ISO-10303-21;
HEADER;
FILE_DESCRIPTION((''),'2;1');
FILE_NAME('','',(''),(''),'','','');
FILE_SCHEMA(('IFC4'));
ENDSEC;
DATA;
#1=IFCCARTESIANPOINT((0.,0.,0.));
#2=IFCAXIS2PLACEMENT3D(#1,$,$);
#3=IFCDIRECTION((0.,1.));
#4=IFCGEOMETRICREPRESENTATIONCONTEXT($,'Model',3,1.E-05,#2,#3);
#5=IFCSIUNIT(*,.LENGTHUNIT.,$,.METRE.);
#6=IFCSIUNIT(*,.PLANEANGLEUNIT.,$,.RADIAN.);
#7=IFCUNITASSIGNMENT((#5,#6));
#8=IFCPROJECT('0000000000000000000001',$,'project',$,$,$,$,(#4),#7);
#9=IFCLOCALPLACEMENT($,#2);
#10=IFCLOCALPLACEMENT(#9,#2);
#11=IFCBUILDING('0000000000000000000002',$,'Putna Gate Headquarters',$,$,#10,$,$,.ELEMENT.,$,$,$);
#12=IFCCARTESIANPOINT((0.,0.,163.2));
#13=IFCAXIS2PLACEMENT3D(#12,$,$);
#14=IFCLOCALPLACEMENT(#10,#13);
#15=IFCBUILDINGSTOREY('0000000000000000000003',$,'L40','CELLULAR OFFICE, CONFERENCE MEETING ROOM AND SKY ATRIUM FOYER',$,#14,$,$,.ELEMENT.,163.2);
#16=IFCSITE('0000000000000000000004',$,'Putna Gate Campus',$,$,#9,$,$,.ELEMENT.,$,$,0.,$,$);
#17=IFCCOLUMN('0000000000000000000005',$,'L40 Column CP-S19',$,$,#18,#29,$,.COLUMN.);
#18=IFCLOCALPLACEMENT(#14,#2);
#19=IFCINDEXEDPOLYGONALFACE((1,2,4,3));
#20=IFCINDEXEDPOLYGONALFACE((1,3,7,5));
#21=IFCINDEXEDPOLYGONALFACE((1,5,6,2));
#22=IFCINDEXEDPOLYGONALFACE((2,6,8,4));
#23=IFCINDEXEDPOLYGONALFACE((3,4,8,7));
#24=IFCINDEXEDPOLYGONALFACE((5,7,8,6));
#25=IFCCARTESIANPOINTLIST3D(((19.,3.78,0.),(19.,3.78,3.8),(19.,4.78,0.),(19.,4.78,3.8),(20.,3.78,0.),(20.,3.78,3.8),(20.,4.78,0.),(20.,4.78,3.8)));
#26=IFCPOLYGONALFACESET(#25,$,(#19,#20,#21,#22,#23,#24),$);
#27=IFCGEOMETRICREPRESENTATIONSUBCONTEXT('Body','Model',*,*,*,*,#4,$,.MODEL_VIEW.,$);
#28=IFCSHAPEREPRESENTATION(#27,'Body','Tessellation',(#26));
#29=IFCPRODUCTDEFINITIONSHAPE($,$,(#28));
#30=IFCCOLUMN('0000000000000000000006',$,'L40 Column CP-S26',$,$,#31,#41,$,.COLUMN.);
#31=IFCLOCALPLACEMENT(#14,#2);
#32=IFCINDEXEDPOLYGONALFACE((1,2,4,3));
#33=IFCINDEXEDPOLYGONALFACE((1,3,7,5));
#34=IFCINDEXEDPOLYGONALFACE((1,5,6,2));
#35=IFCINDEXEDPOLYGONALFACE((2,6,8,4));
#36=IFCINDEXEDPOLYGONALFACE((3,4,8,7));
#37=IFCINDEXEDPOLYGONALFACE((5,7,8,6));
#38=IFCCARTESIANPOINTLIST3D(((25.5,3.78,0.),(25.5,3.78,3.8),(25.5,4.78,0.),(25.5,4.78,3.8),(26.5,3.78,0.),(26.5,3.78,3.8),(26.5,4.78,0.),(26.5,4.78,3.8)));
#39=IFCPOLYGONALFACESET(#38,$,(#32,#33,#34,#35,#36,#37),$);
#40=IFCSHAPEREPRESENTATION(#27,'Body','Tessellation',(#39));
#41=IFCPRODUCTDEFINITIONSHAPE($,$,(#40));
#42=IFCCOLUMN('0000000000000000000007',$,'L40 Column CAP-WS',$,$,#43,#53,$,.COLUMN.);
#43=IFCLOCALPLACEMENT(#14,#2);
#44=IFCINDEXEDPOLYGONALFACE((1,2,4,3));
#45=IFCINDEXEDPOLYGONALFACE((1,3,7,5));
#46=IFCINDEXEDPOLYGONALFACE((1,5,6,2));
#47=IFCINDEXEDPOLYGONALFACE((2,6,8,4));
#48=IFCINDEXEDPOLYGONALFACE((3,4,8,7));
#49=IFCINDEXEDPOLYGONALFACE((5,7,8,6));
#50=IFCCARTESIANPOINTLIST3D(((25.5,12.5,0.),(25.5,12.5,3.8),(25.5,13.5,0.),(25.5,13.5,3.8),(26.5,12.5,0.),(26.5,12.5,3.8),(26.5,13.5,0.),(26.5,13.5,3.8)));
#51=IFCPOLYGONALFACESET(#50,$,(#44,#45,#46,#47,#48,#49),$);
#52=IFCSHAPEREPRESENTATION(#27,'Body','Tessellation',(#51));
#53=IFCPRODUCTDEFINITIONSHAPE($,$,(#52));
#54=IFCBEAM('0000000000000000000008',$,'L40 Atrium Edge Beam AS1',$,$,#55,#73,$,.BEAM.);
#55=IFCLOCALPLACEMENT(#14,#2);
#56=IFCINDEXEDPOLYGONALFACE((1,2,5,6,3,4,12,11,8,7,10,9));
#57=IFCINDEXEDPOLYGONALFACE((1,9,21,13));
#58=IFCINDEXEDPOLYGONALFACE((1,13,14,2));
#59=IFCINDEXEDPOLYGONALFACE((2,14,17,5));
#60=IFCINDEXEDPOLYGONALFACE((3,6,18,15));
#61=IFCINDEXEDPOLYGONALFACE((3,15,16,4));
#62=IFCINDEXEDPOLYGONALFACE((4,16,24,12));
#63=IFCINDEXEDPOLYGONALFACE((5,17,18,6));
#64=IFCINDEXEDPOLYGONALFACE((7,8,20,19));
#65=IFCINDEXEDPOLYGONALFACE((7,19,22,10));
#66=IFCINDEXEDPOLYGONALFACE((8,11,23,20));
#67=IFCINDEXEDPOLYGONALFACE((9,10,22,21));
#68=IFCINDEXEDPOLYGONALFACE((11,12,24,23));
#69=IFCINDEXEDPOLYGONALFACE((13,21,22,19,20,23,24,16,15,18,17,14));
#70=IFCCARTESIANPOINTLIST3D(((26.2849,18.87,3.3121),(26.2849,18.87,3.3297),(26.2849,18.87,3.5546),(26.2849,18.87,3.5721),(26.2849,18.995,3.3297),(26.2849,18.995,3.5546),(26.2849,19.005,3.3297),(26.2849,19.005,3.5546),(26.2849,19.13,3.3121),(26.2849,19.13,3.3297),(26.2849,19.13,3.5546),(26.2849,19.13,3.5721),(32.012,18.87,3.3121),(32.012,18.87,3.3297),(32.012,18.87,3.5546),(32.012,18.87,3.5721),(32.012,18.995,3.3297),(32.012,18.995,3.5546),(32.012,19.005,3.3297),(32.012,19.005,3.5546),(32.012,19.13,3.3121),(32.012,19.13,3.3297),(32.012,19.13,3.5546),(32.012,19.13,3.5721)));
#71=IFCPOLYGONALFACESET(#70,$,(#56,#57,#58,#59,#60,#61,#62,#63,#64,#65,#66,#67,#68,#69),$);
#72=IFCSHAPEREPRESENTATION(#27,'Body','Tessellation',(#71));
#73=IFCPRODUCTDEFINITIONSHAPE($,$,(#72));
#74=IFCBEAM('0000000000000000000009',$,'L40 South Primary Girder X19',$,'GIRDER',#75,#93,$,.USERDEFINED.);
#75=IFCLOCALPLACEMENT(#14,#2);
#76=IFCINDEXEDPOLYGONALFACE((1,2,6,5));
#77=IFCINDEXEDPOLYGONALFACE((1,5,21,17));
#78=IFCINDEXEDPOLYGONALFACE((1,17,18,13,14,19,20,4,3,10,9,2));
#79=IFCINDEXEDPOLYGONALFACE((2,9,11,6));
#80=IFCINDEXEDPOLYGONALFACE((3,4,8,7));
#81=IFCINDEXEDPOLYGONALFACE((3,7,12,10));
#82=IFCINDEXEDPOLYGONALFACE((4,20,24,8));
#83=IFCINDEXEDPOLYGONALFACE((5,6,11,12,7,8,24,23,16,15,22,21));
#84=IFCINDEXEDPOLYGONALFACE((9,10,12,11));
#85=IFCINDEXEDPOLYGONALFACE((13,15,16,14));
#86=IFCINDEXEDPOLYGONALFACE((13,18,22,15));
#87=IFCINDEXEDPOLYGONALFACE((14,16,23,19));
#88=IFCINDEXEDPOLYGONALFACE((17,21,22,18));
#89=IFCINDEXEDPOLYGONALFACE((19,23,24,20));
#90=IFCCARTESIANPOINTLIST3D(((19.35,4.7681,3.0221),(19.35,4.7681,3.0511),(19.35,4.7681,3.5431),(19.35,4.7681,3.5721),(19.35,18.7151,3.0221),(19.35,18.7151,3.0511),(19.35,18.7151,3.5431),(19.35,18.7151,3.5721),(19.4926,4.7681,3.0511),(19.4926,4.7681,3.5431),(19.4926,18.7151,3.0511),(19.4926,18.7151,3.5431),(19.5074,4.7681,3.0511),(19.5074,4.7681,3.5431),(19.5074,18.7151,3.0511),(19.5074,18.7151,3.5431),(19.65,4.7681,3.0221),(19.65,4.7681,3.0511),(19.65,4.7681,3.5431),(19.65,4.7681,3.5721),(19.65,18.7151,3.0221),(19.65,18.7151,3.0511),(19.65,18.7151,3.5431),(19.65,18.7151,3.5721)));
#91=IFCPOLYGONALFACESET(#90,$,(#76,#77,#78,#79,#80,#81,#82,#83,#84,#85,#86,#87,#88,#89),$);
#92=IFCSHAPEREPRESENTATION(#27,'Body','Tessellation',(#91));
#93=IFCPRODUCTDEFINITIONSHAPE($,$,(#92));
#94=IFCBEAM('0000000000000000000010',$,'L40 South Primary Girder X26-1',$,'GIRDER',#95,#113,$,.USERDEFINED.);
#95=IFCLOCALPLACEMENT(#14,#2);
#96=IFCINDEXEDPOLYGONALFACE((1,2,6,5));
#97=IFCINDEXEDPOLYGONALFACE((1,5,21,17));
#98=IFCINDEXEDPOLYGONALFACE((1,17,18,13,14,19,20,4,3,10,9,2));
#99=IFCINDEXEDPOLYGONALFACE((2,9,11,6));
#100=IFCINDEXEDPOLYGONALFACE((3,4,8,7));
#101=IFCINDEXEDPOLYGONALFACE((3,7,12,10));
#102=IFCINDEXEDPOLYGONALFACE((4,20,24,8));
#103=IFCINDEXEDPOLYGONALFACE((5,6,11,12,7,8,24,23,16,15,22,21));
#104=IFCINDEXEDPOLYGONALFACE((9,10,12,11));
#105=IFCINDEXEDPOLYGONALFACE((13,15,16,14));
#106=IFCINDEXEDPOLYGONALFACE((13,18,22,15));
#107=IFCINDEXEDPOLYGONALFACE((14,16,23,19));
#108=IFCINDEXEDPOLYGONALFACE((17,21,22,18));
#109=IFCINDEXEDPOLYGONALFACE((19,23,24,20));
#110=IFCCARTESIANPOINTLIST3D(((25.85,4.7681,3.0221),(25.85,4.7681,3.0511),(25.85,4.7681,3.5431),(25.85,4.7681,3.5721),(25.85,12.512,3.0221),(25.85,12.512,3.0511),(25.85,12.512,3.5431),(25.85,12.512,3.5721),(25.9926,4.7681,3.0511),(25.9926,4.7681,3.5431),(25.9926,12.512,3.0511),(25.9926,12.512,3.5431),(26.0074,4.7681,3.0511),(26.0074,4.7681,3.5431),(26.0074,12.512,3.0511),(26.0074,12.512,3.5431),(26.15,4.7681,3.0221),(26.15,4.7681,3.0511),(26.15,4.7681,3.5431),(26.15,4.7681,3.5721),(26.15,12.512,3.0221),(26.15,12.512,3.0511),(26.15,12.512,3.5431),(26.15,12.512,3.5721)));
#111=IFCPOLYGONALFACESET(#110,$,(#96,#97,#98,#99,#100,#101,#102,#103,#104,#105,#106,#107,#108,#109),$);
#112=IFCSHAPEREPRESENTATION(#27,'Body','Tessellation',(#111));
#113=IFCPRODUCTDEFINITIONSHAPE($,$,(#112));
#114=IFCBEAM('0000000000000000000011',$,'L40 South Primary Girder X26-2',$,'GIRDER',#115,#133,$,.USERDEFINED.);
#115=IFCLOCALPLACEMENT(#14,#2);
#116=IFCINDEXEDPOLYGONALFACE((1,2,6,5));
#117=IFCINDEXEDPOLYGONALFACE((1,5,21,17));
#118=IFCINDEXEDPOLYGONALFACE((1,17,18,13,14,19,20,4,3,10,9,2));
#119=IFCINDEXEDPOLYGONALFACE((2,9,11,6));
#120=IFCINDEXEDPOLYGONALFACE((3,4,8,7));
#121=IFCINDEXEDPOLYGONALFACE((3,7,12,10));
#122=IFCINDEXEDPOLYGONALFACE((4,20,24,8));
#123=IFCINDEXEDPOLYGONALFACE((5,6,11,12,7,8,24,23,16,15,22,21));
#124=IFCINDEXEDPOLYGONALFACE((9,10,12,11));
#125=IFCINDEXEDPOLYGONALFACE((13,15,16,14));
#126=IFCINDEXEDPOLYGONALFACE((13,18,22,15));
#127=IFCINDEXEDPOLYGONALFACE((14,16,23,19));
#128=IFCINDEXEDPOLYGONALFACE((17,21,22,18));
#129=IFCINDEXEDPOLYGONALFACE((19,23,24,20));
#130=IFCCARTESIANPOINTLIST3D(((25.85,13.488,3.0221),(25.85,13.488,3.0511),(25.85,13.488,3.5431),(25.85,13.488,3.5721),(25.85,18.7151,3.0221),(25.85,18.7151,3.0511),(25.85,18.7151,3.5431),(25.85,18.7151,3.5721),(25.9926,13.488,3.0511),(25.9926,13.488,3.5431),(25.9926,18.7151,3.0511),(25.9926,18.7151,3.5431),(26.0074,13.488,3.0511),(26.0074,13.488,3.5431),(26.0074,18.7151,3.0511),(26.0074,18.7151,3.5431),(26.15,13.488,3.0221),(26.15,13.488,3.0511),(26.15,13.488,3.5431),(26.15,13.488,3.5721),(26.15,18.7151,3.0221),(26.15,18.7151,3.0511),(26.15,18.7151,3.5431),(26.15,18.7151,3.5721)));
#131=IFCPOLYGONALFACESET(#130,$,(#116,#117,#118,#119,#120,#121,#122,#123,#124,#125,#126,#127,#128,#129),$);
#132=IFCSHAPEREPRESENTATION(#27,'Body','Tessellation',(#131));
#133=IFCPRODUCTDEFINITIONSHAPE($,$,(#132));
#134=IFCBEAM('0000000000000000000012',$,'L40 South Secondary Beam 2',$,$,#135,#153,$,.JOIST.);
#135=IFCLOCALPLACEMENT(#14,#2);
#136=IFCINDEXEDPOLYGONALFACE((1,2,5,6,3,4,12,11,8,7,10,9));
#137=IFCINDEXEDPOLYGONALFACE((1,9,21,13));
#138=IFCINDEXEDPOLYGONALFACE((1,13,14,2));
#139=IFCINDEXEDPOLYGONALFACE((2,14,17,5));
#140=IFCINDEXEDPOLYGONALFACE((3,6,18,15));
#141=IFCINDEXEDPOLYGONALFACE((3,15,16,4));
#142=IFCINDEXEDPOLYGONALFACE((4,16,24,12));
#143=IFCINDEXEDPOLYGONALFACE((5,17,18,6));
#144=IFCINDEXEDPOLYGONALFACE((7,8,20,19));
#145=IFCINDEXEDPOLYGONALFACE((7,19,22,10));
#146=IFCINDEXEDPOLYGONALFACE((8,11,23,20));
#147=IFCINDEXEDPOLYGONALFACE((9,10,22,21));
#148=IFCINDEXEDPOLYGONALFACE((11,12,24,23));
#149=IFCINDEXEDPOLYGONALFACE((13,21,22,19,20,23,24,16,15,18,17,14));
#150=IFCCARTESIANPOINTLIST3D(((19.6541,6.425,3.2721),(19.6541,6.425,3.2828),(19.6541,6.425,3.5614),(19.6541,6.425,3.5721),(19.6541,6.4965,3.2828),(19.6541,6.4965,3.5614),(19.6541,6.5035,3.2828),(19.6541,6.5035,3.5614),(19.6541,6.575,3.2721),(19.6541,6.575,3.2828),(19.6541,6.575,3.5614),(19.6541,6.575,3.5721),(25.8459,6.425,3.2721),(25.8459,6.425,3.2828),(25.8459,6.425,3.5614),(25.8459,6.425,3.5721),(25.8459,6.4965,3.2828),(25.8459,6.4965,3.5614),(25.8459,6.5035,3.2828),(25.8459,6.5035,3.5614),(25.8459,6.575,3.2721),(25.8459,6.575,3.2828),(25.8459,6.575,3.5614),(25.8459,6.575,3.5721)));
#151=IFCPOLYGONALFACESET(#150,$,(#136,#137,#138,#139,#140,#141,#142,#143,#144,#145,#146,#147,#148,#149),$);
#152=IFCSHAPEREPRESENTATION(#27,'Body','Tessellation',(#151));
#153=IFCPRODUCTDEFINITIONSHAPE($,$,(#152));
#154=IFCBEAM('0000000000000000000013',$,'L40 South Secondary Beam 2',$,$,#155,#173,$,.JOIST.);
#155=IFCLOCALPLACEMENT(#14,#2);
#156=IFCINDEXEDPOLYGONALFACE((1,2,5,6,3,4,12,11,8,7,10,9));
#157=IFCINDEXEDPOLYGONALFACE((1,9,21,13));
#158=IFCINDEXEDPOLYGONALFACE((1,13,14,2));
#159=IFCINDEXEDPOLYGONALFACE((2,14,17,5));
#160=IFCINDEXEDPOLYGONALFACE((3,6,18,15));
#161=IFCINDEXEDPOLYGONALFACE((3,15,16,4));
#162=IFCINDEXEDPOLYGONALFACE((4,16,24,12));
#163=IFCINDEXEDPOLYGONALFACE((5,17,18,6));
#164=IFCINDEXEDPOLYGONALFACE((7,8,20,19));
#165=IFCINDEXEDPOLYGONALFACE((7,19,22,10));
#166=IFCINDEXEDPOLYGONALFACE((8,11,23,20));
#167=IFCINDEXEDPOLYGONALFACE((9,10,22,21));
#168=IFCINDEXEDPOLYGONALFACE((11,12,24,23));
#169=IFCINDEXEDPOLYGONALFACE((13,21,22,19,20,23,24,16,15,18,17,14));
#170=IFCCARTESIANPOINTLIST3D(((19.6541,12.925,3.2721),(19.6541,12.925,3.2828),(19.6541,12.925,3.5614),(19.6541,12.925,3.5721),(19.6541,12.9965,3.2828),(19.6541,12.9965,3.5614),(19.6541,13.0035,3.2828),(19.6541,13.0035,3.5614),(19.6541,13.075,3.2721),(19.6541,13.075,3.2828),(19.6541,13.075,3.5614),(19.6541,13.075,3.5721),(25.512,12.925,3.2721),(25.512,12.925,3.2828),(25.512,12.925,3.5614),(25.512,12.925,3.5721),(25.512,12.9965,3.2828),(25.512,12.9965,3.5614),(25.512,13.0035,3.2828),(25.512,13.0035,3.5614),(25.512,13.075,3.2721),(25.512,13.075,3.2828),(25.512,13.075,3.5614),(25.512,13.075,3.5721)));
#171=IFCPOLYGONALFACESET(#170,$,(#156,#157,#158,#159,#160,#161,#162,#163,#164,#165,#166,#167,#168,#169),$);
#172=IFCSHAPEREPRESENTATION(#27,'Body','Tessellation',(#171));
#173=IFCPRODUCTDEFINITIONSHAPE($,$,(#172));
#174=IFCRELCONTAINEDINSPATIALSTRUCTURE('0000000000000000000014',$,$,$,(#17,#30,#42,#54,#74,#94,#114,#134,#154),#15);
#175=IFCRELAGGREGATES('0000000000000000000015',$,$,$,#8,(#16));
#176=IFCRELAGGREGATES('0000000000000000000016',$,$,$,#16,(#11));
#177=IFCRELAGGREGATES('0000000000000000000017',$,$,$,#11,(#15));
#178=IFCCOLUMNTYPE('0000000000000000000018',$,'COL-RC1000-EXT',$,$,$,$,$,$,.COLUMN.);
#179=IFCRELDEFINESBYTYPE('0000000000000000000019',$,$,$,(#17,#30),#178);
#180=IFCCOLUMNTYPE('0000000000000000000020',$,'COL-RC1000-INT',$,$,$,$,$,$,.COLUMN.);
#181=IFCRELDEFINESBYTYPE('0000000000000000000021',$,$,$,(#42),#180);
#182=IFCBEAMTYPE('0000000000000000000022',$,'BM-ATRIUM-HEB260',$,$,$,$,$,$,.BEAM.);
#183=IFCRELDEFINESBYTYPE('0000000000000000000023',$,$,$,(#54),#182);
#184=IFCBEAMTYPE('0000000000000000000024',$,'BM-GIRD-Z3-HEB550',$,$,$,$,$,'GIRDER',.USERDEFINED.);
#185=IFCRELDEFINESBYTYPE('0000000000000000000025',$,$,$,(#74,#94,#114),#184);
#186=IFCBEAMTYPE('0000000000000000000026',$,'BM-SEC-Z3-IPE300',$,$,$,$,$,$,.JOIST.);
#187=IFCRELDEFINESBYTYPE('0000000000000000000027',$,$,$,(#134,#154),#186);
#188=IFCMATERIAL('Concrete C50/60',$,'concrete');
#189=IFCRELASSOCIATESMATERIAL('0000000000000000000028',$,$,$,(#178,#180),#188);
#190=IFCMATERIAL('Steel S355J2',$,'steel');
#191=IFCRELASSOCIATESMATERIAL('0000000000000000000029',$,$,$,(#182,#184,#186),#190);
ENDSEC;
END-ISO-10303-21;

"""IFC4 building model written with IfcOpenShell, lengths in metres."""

from ifc_helpers import new_model, si_unit, direction, frame, origin, origin_2d, place, context, subcontext, project, spatial, rectangle, i_section, extrude, material, material_profile, profile_set, type_object, element, save


model = new_model("IFC4")

# Units and contexts
model_context = context("Model", 3, precision=1e-05, world=origin(), true_north=direction((0.0, 1.0)))
body_context = subcontext(model_context, "Body", "Model", "MODEL_VIEW")
ifc_project = project(units=[si_unit("LENGTHUNIT", "METRE"), si_unit("PLANEANGLEUNIT", "RADIAN")], contexts=[model_context])

# Site, building, storey
site_placement = place(None, origin())
site = spatial("IfcSite", under=ifc_project, at=site_placement, Name="Putna Gate Campus", CompositionType="ELEMENT", RefElevation=0.0)
building_placement = place(site_placement, origin())
building = spatial("IfcBuilding", under=site, at=building_placement, Name="Putna Gate Headquarters", CompositionType="ELEMENT")
storey_placement = place(building_placement, frame((0.0, 0.0, 163.2)))
storey = spatial("IfcBuildingStorey", under=building, at=storey_placement, Name="L40", Description="CELLULAR OFFICE, CONFERENCE MEETING ROOM AND SKY ATRIUM FOYER", CompositionType="ELEMENT", Elevation=163.2)

# Columns
ifc_material_1 = material(Name="Concrete C50/60", Category="concrete")
ifc_material_profile_1 = material_profile(ifc_material_1, rectangle(XDim=1.0, YDim=1.0, at=origin_2d()), Name="Concrete C50/60")
ifc_profile_set_1 = profile_set([ifc_material_profile_1], Name="Concrete C50/60")
column_type_1 = type_object("IfcColumnType", Name="COL-RC1000-EXT", PredefinedType="COLUMN", material=ifc_profile_set_1)
for number, where, z_axis, x_axis, name in (
    (1, (19.5, 4.28, 0.0), (0.0, 0.0, 1.0), (1.0, 0.0, 0.0), "L40 Column CP-S19"),
    (2, (26.0, 4.28, 0.0), (0.0, 0.0, 1.0), (1.0, 0.0, 0.0), "L40 Column CP-S26"),
):
    element("IfcColumn", number, at=place(storey_placement, frame(where, z_axis=z_axis, x_axis=x_axis)), inside=storey, type_object=column_type_1, Name=name, PredefinedType="COLUMN", context=body_context, shape_type="SweptSolid", body=[
        extrude(rectangle(XDim=1.0, YDim=1.0, at=origin_2d()), origin(), (0.0, 0.0, 1.0), 3.8),
    ])
ifc_material_profile_2 = material_profile(ifc_material_1, rectangle(XDim=1.0, YDim=1.0, at=origin_2d()), Name="Concrete C50/60")
ifc_profile_set_2 = profile_set([ifc_material_profile_2], Name="Concrete C50/60")
column_type_2 = type_object("IfcColumnType", Name="COL-RC1000-INT", PredefinedType="COLUMN", material=ifc_profile_set_2)
column_placement = place(storey_placement, frame((26.0, 13.0, 0.0), z_axis=(0.0, 0.0, 1.0), x_axis=(1.0, 0.0, 0.0)))
element("IfcColumn", 3, at=column_placement, inside=storey, type_object=column_type_2, Name="L40 Column CAP-WS", PredefinedType="COLUMN", context=body_context, shape_type="SweptSolid", body=[
    extrude(rectangle(XDim=1.0, YDim=1.0, at=origin_2d()), origin(), (0.0, 0.0, 1.0), 3.8),
])

# Beams
ifc_material_2 = material(Name="Steel S355J2", Category="steel")
ifc_material_profile_3 = material_profile(ifc_material_2, i_section(OverallWidth=0.26, OverallDepth=0.26, WebThickness=0.01, FlangeThickness=0.0176, at=origin_2d()), Name="Steel S355J2")
ifc_profile_set_3 = profile_set([ifc_material_profile_3], Name="Steel S355J2")
beam_type_1 = type_object("IfcBeamType", Name="BM-ATRIUM-HEB260", PredefinedType="BEAM", material=ifc_profile_set_3)
beam_1_placement = place(storey_placement, frame((26.2849, 19.0, 3.4421), z_axis=(1.0, 0.0, 0.0), x_axis=(0.0, 1.0, 0.0)))
element("IfcBeam", 4, at=beam_1_placement, inside=storey, type_object=beam_type_1, Name="L40 Atrium Edge Beam AS1", PredefinedType="BEAM", context=body_context, shape_type="SweptSolid", body=[
    extrude(i_section(OverallWidth=0.26, OverallDepth=0.26, WebThickness=0.01, FlangeThickness=0.0176, at=origin_2d()), origin(), (0.0, 0.0, 1.0), 5.7271),
])
ifc_material_profile_4 = material_profile(ifc_material_2, i_section(OverallWidth=0.3, OverallDepth=0.55, WebThickness=0.0149, FlangeThickness=0.0291, at=origin_2d()), Name="Steel S355J2")
ifc_profile_set_4 = profile_set([ifc_material_profile_4], Name="Steel S355J2")
beam_type_2 = type_object("IfcBeamType", Name="BM-GIRD-Z3-HEB550", ElementType="GIRDER", PredefinedType="USERDEFINED", material=ifc_profile_set_4)
beam_2_placement = place(storey_placement, frame((19.5, 4.7681, 3.2971), z_axis=(0.0, 1.0, 0.0), x_axis=(-1.0, 0.0, 0.0)))
element("IfcBeam", 5, at=beam_2_placement, inside=storey, type_object=beam_type_2, Name="L40 South Primary Girder X19", ObjectType="GIRDER", PredefinedType="USERDEFINED", context=body_context, shape_type="SweptSolid", body=[
    extrude(i_section(OverallWidth=0.3, OverallDepth=0.55, WebThickness=0.0149, FlangeThickness=0.0291, at=origin_2d()), origin(), (0.0, 0.0, 1.0), 13.947),
])
beam_3_placement = place(storey_placement, frame((26.0, 4.7681, 3.2971), z_axis=(0.0, 1.0, 0.0), x_axis=(-1.0, 0.0, 0.0)))
element("IfcBeam", 6, at=beam_3_placement, inside=storey, type_object=beam_type_2, Name="L40 South Primary Girder X26-1", ObjectType="GIRDER", PredefinedType="USERDEFINED", context=body_context, shape_type="SweptSolid", body=[
    extrude(i_section(OverallWidth=0.3, OverallDepth=0.55, WebThickness=0.0149, FlangeThickness=0.0291, at=origin_2d()), origin(), (0.0, 0.0, 1.0), 7.7439),
])
beam_4_placement = place(storey_placement, frame((26.0, 13.488, 3.2971), z_axis=(0.0, 1.0, 0.0), x_axis=(-1.0, 0.0, 0.0)))
element("IfcBeam", 7, at=beam_4_placement, inside=storey, type_object=beam_type_2, Name="L40 South Primary Girder X26-2", ObjectType="GIRDER", PredefinedType="USERDEFINED", context=body_context, shape_type="SweptSolid", body=[
    extrude(i_section(OverallWidth=0.3, OverallDepth=0.55, WebThickness=0.0149, FlangeThickness=0.0291, at=origin_2d()), origin(), (0.0, 0.0, 1.0), 5.2271),
])
ifc_material_profile_5 = material_profile(ifc_material_2, i_section(OverallWidth=0.1499, OverallDepth=0.3, WebThickness=0.0071, FlangeThickness=0.0107, at=origin_2d()), Name="Steel S355J2")
ifc_profile_set_5 = profile_set([ifc_material_profile_5], Name="Steel S355J2")
beam_type_3 = type_object("IfcBeamType", Name="BM-SEC-Z3-IPE300", PredefinedType="JOIST", material=ifc_profile_set_5)
beam_5_placement = place(storey_placement, frame((19.6541, 6.5, 3.4221), z_axis=(1.0, 0.0, 0.0), x_axis=(0.0, 1.0, 0.0)))
element("IfcBeam", 8, at=beam_5_placement, inside=storey, type_object=beam_type_3, Name="L40 South Secondary Beam 2", PredefinedType="JOIST", context=body_context, shape_type="SweptSolid", body=[
    extrude(i_section(OverallWidth=0.1499, OverallDepth=0.3, WebThickness=0.0071, FlangeThickness=0.0107, at=origin_2d()), origin(), (0.0, 0.0, 1.0), 6.1919),
])
beam_6_placement = place(storey_placement, frame((19.6541, 13.0, 3.4221), z_axis=(1.0, 0.0, 0.0), x_axis=(0.0, 1.0, 0.0)))
element("IfcBeam", 9, at=beam_6_placement, inside=storey, type_object=beam_type_3, Name="L40 South Secondary Beam 2", PredefinedType="JOIST", context=body_context, shape_type="SweptSolid", body=[
    extrude(i_section(OverallWidth=0.1499, OverallDepth=0.3, WebThickness=0.0071, FlangeThickness=0.0107, at=origin_2d()), origin(), (0.0, 0.0, 1.0), 5.8579),
])

save(model, "model.ifc")
